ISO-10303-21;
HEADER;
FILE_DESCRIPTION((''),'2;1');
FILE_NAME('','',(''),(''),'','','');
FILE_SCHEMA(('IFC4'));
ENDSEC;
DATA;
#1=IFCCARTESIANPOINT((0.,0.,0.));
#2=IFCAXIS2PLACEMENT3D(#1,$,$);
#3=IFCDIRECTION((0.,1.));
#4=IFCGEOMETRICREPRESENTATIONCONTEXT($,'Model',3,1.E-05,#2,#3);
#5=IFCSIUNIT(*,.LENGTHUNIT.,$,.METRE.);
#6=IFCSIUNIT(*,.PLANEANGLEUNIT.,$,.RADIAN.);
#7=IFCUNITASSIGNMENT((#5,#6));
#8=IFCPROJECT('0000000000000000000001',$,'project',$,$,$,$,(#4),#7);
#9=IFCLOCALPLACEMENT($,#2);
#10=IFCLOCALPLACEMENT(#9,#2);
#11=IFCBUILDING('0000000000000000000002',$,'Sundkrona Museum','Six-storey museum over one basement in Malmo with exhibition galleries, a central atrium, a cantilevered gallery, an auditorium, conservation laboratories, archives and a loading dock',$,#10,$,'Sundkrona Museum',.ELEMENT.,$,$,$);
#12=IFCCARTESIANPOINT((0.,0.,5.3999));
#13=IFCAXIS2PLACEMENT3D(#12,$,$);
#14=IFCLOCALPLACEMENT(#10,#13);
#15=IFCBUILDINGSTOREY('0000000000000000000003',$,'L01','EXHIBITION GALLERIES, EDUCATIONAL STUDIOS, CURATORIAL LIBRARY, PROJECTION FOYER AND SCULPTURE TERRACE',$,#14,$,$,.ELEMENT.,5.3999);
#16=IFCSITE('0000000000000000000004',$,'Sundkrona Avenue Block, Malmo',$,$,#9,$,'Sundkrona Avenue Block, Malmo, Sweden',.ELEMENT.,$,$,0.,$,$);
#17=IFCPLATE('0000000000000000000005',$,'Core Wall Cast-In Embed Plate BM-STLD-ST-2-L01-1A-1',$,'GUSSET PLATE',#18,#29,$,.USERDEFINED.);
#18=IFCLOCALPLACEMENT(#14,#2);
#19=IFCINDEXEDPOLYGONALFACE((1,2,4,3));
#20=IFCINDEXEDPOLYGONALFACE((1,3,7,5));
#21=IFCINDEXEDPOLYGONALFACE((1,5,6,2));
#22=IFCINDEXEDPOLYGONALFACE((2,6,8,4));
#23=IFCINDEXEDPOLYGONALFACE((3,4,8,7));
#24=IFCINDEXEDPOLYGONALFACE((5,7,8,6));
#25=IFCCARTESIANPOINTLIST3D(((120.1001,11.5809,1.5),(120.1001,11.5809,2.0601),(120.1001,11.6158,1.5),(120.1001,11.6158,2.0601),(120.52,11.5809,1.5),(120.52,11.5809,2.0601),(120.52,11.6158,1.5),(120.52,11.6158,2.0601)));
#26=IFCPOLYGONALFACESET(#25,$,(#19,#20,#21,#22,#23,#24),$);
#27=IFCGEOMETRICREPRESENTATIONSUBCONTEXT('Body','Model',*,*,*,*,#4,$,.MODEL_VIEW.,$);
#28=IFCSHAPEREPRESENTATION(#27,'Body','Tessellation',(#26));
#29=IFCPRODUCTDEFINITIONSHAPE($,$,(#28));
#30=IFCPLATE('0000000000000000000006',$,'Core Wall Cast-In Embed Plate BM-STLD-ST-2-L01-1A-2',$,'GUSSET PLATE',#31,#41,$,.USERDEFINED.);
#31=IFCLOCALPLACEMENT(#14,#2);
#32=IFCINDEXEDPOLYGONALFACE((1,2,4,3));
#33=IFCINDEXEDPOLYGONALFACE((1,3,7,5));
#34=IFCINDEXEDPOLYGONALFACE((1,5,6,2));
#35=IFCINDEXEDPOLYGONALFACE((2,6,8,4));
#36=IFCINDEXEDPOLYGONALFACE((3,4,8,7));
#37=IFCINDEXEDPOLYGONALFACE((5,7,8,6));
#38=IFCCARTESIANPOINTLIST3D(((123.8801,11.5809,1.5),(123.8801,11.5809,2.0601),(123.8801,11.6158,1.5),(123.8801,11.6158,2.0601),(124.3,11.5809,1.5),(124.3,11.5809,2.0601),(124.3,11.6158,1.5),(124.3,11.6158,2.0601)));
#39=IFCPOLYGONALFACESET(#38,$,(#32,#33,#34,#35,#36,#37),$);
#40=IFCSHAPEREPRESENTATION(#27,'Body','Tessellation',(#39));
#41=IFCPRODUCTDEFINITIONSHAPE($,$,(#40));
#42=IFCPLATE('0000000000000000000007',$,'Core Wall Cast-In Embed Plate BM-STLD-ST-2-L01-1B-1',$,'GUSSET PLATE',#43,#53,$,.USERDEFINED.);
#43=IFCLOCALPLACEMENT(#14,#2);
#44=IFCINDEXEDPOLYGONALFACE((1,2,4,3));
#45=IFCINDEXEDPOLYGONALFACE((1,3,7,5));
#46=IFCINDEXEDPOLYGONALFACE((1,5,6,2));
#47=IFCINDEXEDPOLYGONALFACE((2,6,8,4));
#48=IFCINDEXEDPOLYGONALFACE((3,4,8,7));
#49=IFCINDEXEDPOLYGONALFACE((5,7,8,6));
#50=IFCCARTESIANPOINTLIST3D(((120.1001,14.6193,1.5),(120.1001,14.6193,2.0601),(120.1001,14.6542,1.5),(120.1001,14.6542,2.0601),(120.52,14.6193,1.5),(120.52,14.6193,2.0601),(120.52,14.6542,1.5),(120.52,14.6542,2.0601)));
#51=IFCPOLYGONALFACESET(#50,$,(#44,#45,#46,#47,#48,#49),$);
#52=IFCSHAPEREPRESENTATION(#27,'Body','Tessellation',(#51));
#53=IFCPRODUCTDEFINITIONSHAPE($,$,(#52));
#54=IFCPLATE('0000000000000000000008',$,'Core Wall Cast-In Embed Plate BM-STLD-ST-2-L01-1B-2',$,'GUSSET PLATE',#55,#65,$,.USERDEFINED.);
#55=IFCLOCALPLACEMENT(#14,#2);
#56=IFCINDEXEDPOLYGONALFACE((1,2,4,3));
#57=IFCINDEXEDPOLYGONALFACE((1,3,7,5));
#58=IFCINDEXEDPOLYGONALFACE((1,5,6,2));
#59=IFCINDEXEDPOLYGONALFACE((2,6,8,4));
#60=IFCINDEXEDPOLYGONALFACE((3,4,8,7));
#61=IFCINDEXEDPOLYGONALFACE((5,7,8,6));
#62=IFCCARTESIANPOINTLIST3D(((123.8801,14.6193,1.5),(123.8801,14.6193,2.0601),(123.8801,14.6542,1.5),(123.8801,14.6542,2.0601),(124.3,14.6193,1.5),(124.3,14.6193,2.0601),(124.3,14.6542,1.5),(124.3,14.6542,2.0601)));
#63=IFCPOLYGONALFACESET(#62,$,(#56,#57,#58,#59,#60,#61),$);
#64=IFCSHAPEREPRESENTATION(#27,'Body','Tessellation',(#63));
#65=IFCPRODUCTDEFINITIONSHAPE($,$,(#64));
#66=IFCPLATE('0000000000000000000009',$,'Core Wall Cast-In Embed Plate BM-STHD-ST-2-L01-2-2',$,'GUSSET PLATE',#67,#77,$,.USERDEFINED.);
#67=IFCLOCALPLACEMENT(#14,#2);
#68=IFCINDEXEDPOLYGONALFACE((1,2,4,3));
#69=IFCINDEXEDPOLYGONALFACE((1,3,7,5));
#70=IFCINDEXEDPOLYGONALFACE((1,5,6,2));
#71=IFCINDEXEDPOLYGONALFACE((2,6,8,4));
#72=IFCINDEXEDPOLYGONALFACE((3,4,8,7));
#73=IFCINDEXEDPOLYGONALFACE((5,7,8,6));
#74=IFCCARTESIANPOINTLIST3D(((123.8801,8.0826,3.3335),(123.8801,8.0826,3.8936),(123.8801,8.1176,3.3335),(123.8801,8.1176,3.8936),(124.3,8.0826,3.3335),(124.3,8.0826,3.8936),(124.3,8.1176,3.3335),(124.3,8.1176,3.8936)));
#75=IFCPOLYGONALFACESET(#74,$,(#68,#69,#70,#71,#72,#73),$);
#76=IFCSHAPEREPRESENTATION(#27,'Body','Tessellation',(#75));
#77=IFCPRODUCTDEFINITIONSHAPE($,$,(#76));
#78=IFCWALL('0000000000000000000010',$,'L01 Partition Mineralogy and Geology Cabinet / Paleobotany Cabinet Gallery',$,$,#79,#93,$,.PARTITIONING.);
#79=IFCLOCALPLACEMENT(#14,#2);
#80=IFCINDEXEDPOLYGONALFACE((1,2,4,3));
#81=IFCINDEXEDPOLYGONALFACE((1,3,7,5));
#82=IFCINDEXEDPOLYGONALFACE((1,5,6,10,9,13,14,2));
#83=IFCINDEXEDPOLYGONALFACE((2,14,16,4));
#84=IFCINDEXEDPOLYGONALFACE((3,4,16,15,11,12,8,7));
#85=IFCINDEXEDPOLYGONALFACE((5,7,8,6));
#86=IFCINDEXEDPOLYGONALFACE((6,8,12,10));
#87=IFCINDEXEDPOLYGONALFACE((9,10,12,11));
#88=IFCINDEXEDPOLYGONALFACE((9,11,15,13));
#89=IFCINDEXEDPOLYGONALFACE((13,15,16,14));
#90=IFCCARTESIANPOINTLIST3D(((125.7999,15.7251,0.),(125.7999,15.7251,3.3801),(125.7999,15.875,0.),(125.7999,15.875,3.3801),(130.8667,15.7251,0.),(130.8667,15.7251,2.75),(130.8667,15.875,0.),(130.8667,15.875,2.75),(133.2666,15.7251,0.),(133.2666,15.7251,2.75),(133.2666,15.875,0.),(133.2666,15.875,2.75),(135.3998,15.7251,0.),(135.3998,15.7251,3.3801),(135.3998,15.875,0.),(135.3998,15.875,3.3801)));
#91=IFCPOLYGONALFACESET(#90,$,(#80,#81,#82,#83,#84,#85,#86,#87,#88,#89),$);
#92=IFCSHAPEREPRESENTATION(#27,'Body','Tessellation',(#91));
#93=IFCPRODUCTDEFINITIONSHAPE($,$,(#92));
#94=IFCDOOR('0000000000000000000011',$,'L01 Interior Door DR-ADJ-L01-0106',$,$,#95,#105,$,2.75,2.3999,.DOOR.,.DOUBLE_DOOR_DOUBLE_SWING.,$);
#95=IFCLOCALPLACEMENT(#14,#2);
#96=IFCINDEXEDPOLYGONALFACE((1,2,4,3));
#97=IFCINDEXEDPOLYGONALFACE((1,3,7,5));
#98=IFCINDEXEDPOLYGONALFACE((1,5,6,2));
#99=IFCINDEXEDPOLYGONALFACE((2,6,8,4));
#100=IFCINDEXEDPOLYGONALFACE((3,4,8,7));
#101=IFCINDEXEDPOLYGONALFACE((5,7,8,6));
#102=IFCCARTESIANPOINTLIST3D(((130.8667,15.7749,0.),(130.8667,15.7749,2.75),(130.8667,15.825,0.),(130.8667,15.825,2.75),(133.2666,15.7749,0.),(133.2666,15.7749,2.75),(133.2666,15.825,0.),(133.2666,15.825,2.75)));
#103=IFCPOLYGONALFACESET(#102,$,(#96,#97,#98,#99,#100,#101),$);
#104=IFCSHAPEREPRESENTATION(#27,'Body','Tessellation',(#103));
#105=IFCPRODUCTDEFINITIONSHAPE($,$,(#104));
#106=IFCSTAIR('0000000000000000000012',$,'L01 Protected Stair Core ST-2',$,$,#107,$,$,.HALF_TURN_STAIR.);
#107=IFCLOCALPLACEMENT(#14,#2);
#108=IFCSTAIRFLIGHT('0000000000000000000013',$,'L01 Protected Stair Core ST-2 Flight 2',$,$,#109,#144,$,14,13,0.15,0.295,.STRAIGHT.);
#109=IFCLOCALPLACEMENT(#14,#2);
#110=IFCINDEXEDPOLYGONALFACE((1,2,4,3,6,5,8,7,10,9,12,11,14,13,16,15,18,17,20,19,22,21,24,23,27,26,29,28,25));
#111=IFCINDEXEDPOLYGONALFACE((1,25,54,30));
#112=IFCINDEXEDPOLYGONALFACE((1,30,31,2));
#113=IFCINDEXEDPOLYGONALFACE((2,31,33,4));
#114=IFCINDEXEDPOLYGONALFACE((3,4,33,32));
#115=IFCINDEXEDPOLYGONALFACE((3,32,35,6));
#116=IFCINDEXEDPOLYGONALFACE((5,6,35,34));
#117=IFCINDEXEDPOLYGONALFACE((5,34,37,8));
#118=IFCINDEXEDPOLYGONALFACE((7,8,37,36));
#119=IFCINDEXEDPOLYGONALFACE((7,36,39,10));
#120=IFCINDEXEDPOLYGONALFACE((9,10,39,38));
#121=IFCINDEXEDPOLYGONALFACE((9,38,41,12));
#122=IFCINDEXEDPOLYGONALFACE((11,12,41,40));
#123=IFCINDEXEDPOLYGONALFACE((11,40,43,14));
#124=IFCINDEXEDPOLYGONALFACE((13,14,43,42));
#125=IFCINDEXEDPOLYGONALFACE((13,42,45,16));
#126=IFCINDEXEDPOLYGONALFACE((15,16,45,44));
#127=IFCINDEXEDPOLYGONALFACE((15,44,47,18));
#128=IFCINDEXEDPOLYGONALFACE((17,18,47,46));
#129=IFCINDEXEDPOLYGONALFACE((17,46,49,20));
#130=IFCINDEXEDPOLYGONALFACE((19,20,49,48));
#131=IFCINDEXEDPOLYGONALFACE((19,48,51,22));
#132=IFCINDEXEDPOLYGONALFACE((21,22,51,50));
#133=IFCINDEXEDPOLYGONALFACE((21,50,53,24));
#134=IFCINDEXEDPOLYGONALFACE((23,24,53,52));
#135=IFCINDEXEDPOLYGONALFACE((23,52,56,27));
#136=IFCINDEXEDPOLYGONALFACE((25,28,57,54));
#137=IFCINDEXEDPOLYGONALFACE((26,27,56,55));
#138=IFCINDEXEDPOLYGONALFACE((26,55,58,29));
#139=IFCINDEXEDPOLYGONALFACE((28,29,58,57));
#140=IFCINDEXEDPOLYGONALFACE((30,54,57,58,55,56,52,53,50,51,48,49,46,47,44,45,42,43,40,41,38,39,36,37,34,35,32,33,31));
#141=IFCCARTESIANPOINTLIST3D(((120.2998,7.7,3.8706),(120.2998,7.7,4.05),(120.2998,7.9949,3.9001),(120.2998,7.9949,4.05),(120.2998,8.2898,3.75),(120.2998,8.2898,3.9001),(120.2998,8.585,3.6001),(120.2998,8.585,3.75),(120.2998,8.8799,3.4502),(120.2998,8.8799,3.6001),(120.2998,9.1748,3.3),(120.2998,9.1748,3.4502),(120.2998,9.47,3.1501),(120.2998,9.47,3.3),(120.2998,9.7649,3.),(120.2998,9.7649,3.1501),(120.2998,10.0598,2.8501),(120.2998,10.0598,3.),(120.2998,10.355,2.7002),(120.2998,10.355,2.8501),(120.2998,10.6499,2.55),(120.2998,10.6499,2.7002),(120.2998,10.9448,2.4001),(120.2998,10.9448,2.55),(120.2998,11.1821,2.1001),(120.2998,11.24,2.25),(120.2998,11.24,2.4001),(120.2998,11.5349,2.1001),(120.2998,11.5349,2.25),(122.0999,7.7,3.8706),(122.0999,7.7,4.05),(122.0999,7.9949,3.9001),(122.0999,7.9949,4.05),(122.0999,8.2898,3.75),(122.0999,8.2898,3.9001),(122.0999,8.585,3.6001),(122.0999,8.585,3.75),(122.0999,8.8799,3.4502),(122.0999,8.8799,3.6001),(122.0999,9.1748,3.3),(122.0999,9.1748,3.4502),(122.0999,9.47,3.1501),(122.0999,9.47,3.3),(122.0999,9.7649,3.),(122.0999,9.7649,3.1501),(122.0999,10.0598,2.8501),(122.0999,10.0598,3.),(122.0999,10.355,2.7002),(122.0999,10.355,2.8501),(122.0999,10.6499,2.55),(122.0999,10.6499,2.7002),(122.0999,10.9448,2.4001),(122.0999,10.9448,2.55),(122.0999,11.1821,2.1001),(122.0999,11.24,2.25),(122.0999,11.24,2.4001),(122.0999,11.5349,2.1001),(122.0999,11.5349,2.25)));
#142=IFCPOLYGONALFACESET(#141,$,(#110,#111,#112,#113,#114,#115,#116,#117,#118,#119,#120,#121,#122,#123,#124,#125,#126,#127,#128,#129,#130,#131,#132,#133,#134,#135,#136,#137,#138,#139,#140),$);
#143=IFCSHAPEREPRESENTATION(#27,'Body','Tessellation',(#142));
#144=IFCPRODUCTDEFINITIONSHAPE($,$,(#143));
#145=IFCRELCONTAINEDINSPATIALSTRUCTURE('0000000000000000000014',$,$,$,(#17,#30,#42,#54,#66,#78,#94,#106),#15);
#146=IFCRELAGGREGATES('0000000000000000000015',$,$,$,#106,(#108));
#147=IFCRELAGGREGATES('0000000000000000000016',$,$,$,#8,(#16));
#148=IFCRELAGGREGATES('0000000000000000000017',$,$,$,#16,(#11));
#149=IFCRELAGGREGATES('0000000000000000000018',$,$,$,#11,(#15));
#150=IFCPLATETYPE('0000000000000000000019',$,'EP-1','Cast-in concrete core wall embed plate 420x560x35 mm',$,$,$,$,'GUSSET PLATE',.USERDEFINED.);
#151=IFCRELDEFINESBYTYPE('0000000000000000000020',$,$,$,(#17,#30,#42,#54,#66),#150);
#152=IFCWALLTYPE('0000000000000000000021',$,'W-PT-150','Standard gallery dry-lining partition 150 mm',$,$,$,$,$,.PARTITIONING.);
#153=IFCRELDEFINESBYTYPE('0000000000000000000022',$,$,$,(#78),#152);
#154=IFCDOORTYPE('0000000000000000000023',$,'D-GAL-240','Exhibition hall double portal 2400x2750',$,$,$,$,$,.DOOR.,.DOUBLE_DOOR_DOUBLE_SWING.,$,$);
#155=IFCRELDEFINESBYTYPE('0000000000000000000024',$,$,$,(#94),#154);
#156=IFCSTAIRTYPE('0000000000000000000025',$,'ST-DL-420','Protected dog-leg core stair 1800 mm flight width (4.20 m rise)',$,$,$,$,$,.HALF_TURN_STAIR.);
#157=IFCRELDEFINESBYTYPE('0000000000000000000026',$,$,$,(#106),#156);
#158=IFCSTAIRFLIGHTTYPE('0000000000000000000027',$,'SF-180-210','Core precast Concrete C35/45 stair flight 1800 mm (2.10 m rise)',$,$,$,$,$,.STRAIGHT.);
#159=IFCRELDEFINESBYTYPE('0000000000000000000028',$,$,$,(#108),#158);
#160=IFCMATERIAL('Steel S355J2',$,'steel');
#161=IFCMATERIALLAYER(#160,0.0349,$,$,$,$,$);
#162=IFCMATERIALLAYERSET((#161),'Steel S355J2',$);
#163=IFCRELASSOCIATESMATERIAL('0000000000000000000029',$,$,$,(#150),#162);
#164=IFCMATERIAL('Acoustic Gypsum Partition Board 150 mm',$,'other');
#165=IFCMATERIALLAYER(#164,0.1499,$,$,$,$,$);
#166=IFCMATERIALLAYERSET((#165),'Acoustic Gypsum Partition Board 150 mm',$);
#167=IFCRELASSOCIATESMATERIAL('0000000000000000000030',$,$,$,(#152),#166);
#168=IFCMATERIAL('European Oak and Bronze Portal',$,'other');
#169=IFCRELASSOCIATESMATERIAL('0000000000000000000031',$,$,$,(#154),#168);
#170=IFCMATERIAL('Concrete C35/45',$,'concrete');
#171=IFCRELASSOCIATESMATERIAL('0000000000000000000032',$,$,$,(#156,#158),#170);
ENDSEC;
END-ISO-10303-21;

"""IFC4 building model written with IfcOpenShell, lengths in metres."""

from ifc_helpers import new_model, si_unit, direction, frame, frame_2d, origin, origin_2d, place, context, subcontext, project, spatial, polyline, rectangle, outline, extrude, material, layer, layer_set, type_object, element, fill, aggregate, save


model = new_model("IFC4")

# Units and contexts
model_context = context("Model", 3, precision=1e-05, world=origin(), true_north=direction((0.0, 1.0)))
body_context = subcontext(model_context, "Body", "Model", "MODEL_VIEW")
ifc_project = project(units=[si_unit("LENGTHUNIT", "METRE"), si_unit("PLANEANGLEUNIT", "RADIAN")], contexts=[model_context])

# Site, building, storey
site_placement = place(None, origin())
site = spatial("IfcSite", under=ifc_project, at=site_placement, Name="Sundkrona Avenue Block, Malmo", LongName="Sundkrona Avenue Block, Malmo, Sweden", CompositionType="ELEMENT", RefElevation=0.0)
building_placement = place(site_placement, origin())
building = spatial("IfcBuilding", under=site, at=building_placement, Name="Sundkrona Museum", Description="Six-storey museum over one basement in Malmo with exhibition galleries, a central atrium, a cantilevered gallery, an auditorium, conservation laboratories, archives and a loading dock", LongName="Sundkrona Museum", CompositionType="ELEMENT")
storey_placement = place(building_placement, frame((0.0, 0.0, 5.3999)))
storey = spatial("IfcBuildingStorey", under=building, at=storey_placement, Name="L01", Description="EXHIBITION GALLERIES, EDUCATIONAL STUDIOS, CURATORIAL LIBRARY, PROJECTION FOYER AND SCULPTURE TERRACE", CompositionType="ELEMENT", Elevation=5.3999)

# Shared definitions
ifc_material_1 = material(Name="Steel S355J2", Category="steel")

# Plates
ifc_layer_1 = layer(ifc_material_1, 0.0349)
ifc_layer_set_1 = layer_set([ifc_layer_1], Name="Steel S355J2")
plate_type = type_object("IfcPlateType", Name="EP-1", Description="Cast-in concrete core wall embed plate 420x560x35 mm", ElementType="GUSSET PLATE", PredefinedType="USERDEFINED", material=ifc_layer_set_1)
for number, where, z_axis, x_axis, name in (
    (1, (120.3101, 11.5984, 1.5), (0.0, 0.0, 1.0), (1.0, 0.0, 0.0), "Core Wall Cast-In Embed Plate BM-STLD-ST-2-L01-1A-1"),
    (2, (124.0901, 11.5984, 1.5), (0.0, 0.0, 1.0), (1.0, 0.0, 0.0), "Core Wall Cast-In Embed Plate BM-STLD-ST-2-L01-1A-2"),
    (3, (120.3101, 14.6367, 1.5), (0.0, 0.0, 1.0), (1.0, 0.0, 0.0), "Core Wall Cast-In Embed Plate BM-STLD-ST-2-L01-1B-1"),
    (4, (124.0901, 14.6367, 1.5), (0.0, 0.0, 1.0), (1.0, 0.0, 0.0), "Core Wall Cast-In Embed Plate BM-STLD-ST-2-L01-1B-2"),
    (5, (124.0901, 8.1001, 3.3335), (0.0, 0.0, 1.0), (1.0, 0.0, 0.0), "Core Wall Cast-In Embed Plate BM-STHD-ST-2-L01-2-2"),
):
    element("IfcPlate", number, at=place(storey_placement, frame(where, z_axis=z_axis, x_axis=x_axis)), inside=storey, type_object=plate_type, Name=name, ObjectType="GUSSET PLATE", PredefinedType="USERDEFINED", context=body_context, shape_type="SweptSolid", body=[
        extrude(rectangle(XDim=0.4199, YDim=0.0349, at=origin_2d()), origin(), (0.0, 0.0, 1.0), 0.5601),
    ])

# Wall, opening, door
ifc_material_2 = material(Name="Acoustic Gypsum Partition Board 150 mm", Category="other")
ifc_layer_2 = layer(ifc_material_2, 0.1499)
ifc_layer_set_2 = layer_set([ifc_layer_2], Name="Acoustic Gypsum Partition Board 150 mm")
wall_type = type_object("IfcWallType", Name="W-PT-150", Description="Standard gallery dry-lining partition 150 mm", PredefinedType="PARTITIONING", material=ifc_layer_set_2)
wall_placement = place(storey_placement, frame((125.8, 15.8, 0.0), z_axis=(0.0, 0.0, 1.0), x_axis=(1.0, 0.0, 0.0)))
wall = element("IfcWall", 6, at=wall_placement, inside=storey, type_object=wall_type, Name="L01 Partition Mineralogy and Geology Cabinet / Paleobotany Cabinet Gallery", PredefinedType="PARTITIONING", context=body_context, shape_type="SweptSolid", body=[
    extrude(rectangle(XDim=9.5999, YDim=0.1499, at=frame_2d((4.7998, 0.0))), origin(), (0.0, 0.0, 1.0), 3.3801),
])
opening_placement = place(wall_placement, frame((5.0667, 0.0, 0.0)))
opening = element("IfcOpeningElement", 7, at=opening_placement, cuts=wall, PredefinedType="OPENING", context=body_context, shape_type="SweptSolid", body=[
    extrude(rectangle(XDim=2.3999, YDim=2.75, at=frame_2d((1.2, 1.375))), frame((0.0, 0.085, 0.0), z_axis=(0.0, -1.0, 0.0), x_axis=(1.0, 0.0, 0.0)), (0.0, 0.0, 1.0), 0.1699),
])
ifc_material_3 = material(Name="European Oak and Bronze Portal", Category="other")
door_type = type_object("IfcDoorType", Name="D-GAL-240", Description="Exhibition hall double portal 2400x2750", OperationType="DOUBLE_DOOR_DOUBLE_SWING", PredefinedType="DOOR", material=ifc_material_3)
door_placement = place(opening_placement, origin())
door = element("IfcDoor", 8, at=door_placement, inside=storey, type_object=door_type, Name="L01 Interior Door DR-ADJ-L01-0106", OperationType="DOUBLE_DOOR_DOUBLE_SWING", OverallHeight=2.75, OverallWidth=2.3999, PredefinedType="DOOR", context=body_context, shape_type="SweptSolid", body=[
    extrude(rectangle(XDim=2.3999, YDim=2.75, at=frame_2d((1.2, 1.375))), frame((0.0, 0.0249, 0.0), z_axis=(0.0, -1.0, 0.0), x_axis=(1.0, 0.0, 0.0)), (0.0, 0.0, 1.0), 0.05),
])
fill(opening, door)

# Stair, stair flight
ifc_material_4 = material(Name="Concrete C35/45", Category="concrete")
stair_type = type_object("IfcStairType", Name="ST-DL-420", Description="Protected dog-leg core stair 1800 mm flight width (4.20 m rise)", PredefinedType="HALF_TURN_STAIR", material=ifc_material_4)
stair_placement = place(storey_placement, origin())
stair = element("IfcStair", 9, at=stair_placement, inside=storey, type_object=stair_type, Name="L01 Protected Stair Core ST-2", PredefinedType="HALF_TURN_STAIR")
stair_flight_type = type_object("IfcStairFlightType", Name="SF-180-210", Description="Core precast Concrete C35/45 stair flight 1800 mm (2.10 m rise)", PredefinedType="STRAIGHT", material=ifc_material_4)
stair_flight_placement = place(storey_placement, frame((121.2, 11.5349, 2.1001), z_axis=(0.0, 0.0, 1.0), x_axis=(0.0, -1.0, 0.0)))
stair_flight = element("IfcStairFlight", 10, at=stair_flight_placement, type_object=stair_flight_type, Name="L01 Protected Stair Core ST-2 Flight 2", NumberOfRisers=14, NumberOfTreads=13, PredefinedType="STRAIGHT", RiserHeight=0.15, TreadLength=0.295, context=body_context, shape_type="SweptSolid", body=[
    extrude(outline(polyline([(0.0, 0.0), (0.0, 0.1499), (0.2949, 0.1499), (0.2949, 0.3), (0.5901, 0.3), (0.5901, 0.45), (0.885, 0.45), (0.885, 0.6001), (1.1799, 0.6001), (1.1799, 0.75), (1.4751, 0.75), (1.4751, 0.8999), (1.77, 0.8999), (1.77, 1.05), (2.0649, 1.05), (2.0649, 1.2), (2.3601, 1.2), (2.3601, 1.3501), (2.655, 1.3501), (2.655, 1.5), (2.95, 1.5), (2.95, 1.6499), (3.2451, 1.6499), (3.2451, 1.8), (3.54, 1.8), (3.54, 1.95), (3.835, 1.95), (3.835, 2.1001), (3.835, 1.7705), (0.3528, 0.0), (0.0, 0.0)])), frame((0.0, 0.8999, 0.0), z_axis=(0.0, -1.0, 0.0), x_axis=(1.0, 0.0, 0.0)), (0.0, 0.0, 1.0), 1.8),
])
aggregate(stair, [stair_flight])

save(model, "model.ifc")
